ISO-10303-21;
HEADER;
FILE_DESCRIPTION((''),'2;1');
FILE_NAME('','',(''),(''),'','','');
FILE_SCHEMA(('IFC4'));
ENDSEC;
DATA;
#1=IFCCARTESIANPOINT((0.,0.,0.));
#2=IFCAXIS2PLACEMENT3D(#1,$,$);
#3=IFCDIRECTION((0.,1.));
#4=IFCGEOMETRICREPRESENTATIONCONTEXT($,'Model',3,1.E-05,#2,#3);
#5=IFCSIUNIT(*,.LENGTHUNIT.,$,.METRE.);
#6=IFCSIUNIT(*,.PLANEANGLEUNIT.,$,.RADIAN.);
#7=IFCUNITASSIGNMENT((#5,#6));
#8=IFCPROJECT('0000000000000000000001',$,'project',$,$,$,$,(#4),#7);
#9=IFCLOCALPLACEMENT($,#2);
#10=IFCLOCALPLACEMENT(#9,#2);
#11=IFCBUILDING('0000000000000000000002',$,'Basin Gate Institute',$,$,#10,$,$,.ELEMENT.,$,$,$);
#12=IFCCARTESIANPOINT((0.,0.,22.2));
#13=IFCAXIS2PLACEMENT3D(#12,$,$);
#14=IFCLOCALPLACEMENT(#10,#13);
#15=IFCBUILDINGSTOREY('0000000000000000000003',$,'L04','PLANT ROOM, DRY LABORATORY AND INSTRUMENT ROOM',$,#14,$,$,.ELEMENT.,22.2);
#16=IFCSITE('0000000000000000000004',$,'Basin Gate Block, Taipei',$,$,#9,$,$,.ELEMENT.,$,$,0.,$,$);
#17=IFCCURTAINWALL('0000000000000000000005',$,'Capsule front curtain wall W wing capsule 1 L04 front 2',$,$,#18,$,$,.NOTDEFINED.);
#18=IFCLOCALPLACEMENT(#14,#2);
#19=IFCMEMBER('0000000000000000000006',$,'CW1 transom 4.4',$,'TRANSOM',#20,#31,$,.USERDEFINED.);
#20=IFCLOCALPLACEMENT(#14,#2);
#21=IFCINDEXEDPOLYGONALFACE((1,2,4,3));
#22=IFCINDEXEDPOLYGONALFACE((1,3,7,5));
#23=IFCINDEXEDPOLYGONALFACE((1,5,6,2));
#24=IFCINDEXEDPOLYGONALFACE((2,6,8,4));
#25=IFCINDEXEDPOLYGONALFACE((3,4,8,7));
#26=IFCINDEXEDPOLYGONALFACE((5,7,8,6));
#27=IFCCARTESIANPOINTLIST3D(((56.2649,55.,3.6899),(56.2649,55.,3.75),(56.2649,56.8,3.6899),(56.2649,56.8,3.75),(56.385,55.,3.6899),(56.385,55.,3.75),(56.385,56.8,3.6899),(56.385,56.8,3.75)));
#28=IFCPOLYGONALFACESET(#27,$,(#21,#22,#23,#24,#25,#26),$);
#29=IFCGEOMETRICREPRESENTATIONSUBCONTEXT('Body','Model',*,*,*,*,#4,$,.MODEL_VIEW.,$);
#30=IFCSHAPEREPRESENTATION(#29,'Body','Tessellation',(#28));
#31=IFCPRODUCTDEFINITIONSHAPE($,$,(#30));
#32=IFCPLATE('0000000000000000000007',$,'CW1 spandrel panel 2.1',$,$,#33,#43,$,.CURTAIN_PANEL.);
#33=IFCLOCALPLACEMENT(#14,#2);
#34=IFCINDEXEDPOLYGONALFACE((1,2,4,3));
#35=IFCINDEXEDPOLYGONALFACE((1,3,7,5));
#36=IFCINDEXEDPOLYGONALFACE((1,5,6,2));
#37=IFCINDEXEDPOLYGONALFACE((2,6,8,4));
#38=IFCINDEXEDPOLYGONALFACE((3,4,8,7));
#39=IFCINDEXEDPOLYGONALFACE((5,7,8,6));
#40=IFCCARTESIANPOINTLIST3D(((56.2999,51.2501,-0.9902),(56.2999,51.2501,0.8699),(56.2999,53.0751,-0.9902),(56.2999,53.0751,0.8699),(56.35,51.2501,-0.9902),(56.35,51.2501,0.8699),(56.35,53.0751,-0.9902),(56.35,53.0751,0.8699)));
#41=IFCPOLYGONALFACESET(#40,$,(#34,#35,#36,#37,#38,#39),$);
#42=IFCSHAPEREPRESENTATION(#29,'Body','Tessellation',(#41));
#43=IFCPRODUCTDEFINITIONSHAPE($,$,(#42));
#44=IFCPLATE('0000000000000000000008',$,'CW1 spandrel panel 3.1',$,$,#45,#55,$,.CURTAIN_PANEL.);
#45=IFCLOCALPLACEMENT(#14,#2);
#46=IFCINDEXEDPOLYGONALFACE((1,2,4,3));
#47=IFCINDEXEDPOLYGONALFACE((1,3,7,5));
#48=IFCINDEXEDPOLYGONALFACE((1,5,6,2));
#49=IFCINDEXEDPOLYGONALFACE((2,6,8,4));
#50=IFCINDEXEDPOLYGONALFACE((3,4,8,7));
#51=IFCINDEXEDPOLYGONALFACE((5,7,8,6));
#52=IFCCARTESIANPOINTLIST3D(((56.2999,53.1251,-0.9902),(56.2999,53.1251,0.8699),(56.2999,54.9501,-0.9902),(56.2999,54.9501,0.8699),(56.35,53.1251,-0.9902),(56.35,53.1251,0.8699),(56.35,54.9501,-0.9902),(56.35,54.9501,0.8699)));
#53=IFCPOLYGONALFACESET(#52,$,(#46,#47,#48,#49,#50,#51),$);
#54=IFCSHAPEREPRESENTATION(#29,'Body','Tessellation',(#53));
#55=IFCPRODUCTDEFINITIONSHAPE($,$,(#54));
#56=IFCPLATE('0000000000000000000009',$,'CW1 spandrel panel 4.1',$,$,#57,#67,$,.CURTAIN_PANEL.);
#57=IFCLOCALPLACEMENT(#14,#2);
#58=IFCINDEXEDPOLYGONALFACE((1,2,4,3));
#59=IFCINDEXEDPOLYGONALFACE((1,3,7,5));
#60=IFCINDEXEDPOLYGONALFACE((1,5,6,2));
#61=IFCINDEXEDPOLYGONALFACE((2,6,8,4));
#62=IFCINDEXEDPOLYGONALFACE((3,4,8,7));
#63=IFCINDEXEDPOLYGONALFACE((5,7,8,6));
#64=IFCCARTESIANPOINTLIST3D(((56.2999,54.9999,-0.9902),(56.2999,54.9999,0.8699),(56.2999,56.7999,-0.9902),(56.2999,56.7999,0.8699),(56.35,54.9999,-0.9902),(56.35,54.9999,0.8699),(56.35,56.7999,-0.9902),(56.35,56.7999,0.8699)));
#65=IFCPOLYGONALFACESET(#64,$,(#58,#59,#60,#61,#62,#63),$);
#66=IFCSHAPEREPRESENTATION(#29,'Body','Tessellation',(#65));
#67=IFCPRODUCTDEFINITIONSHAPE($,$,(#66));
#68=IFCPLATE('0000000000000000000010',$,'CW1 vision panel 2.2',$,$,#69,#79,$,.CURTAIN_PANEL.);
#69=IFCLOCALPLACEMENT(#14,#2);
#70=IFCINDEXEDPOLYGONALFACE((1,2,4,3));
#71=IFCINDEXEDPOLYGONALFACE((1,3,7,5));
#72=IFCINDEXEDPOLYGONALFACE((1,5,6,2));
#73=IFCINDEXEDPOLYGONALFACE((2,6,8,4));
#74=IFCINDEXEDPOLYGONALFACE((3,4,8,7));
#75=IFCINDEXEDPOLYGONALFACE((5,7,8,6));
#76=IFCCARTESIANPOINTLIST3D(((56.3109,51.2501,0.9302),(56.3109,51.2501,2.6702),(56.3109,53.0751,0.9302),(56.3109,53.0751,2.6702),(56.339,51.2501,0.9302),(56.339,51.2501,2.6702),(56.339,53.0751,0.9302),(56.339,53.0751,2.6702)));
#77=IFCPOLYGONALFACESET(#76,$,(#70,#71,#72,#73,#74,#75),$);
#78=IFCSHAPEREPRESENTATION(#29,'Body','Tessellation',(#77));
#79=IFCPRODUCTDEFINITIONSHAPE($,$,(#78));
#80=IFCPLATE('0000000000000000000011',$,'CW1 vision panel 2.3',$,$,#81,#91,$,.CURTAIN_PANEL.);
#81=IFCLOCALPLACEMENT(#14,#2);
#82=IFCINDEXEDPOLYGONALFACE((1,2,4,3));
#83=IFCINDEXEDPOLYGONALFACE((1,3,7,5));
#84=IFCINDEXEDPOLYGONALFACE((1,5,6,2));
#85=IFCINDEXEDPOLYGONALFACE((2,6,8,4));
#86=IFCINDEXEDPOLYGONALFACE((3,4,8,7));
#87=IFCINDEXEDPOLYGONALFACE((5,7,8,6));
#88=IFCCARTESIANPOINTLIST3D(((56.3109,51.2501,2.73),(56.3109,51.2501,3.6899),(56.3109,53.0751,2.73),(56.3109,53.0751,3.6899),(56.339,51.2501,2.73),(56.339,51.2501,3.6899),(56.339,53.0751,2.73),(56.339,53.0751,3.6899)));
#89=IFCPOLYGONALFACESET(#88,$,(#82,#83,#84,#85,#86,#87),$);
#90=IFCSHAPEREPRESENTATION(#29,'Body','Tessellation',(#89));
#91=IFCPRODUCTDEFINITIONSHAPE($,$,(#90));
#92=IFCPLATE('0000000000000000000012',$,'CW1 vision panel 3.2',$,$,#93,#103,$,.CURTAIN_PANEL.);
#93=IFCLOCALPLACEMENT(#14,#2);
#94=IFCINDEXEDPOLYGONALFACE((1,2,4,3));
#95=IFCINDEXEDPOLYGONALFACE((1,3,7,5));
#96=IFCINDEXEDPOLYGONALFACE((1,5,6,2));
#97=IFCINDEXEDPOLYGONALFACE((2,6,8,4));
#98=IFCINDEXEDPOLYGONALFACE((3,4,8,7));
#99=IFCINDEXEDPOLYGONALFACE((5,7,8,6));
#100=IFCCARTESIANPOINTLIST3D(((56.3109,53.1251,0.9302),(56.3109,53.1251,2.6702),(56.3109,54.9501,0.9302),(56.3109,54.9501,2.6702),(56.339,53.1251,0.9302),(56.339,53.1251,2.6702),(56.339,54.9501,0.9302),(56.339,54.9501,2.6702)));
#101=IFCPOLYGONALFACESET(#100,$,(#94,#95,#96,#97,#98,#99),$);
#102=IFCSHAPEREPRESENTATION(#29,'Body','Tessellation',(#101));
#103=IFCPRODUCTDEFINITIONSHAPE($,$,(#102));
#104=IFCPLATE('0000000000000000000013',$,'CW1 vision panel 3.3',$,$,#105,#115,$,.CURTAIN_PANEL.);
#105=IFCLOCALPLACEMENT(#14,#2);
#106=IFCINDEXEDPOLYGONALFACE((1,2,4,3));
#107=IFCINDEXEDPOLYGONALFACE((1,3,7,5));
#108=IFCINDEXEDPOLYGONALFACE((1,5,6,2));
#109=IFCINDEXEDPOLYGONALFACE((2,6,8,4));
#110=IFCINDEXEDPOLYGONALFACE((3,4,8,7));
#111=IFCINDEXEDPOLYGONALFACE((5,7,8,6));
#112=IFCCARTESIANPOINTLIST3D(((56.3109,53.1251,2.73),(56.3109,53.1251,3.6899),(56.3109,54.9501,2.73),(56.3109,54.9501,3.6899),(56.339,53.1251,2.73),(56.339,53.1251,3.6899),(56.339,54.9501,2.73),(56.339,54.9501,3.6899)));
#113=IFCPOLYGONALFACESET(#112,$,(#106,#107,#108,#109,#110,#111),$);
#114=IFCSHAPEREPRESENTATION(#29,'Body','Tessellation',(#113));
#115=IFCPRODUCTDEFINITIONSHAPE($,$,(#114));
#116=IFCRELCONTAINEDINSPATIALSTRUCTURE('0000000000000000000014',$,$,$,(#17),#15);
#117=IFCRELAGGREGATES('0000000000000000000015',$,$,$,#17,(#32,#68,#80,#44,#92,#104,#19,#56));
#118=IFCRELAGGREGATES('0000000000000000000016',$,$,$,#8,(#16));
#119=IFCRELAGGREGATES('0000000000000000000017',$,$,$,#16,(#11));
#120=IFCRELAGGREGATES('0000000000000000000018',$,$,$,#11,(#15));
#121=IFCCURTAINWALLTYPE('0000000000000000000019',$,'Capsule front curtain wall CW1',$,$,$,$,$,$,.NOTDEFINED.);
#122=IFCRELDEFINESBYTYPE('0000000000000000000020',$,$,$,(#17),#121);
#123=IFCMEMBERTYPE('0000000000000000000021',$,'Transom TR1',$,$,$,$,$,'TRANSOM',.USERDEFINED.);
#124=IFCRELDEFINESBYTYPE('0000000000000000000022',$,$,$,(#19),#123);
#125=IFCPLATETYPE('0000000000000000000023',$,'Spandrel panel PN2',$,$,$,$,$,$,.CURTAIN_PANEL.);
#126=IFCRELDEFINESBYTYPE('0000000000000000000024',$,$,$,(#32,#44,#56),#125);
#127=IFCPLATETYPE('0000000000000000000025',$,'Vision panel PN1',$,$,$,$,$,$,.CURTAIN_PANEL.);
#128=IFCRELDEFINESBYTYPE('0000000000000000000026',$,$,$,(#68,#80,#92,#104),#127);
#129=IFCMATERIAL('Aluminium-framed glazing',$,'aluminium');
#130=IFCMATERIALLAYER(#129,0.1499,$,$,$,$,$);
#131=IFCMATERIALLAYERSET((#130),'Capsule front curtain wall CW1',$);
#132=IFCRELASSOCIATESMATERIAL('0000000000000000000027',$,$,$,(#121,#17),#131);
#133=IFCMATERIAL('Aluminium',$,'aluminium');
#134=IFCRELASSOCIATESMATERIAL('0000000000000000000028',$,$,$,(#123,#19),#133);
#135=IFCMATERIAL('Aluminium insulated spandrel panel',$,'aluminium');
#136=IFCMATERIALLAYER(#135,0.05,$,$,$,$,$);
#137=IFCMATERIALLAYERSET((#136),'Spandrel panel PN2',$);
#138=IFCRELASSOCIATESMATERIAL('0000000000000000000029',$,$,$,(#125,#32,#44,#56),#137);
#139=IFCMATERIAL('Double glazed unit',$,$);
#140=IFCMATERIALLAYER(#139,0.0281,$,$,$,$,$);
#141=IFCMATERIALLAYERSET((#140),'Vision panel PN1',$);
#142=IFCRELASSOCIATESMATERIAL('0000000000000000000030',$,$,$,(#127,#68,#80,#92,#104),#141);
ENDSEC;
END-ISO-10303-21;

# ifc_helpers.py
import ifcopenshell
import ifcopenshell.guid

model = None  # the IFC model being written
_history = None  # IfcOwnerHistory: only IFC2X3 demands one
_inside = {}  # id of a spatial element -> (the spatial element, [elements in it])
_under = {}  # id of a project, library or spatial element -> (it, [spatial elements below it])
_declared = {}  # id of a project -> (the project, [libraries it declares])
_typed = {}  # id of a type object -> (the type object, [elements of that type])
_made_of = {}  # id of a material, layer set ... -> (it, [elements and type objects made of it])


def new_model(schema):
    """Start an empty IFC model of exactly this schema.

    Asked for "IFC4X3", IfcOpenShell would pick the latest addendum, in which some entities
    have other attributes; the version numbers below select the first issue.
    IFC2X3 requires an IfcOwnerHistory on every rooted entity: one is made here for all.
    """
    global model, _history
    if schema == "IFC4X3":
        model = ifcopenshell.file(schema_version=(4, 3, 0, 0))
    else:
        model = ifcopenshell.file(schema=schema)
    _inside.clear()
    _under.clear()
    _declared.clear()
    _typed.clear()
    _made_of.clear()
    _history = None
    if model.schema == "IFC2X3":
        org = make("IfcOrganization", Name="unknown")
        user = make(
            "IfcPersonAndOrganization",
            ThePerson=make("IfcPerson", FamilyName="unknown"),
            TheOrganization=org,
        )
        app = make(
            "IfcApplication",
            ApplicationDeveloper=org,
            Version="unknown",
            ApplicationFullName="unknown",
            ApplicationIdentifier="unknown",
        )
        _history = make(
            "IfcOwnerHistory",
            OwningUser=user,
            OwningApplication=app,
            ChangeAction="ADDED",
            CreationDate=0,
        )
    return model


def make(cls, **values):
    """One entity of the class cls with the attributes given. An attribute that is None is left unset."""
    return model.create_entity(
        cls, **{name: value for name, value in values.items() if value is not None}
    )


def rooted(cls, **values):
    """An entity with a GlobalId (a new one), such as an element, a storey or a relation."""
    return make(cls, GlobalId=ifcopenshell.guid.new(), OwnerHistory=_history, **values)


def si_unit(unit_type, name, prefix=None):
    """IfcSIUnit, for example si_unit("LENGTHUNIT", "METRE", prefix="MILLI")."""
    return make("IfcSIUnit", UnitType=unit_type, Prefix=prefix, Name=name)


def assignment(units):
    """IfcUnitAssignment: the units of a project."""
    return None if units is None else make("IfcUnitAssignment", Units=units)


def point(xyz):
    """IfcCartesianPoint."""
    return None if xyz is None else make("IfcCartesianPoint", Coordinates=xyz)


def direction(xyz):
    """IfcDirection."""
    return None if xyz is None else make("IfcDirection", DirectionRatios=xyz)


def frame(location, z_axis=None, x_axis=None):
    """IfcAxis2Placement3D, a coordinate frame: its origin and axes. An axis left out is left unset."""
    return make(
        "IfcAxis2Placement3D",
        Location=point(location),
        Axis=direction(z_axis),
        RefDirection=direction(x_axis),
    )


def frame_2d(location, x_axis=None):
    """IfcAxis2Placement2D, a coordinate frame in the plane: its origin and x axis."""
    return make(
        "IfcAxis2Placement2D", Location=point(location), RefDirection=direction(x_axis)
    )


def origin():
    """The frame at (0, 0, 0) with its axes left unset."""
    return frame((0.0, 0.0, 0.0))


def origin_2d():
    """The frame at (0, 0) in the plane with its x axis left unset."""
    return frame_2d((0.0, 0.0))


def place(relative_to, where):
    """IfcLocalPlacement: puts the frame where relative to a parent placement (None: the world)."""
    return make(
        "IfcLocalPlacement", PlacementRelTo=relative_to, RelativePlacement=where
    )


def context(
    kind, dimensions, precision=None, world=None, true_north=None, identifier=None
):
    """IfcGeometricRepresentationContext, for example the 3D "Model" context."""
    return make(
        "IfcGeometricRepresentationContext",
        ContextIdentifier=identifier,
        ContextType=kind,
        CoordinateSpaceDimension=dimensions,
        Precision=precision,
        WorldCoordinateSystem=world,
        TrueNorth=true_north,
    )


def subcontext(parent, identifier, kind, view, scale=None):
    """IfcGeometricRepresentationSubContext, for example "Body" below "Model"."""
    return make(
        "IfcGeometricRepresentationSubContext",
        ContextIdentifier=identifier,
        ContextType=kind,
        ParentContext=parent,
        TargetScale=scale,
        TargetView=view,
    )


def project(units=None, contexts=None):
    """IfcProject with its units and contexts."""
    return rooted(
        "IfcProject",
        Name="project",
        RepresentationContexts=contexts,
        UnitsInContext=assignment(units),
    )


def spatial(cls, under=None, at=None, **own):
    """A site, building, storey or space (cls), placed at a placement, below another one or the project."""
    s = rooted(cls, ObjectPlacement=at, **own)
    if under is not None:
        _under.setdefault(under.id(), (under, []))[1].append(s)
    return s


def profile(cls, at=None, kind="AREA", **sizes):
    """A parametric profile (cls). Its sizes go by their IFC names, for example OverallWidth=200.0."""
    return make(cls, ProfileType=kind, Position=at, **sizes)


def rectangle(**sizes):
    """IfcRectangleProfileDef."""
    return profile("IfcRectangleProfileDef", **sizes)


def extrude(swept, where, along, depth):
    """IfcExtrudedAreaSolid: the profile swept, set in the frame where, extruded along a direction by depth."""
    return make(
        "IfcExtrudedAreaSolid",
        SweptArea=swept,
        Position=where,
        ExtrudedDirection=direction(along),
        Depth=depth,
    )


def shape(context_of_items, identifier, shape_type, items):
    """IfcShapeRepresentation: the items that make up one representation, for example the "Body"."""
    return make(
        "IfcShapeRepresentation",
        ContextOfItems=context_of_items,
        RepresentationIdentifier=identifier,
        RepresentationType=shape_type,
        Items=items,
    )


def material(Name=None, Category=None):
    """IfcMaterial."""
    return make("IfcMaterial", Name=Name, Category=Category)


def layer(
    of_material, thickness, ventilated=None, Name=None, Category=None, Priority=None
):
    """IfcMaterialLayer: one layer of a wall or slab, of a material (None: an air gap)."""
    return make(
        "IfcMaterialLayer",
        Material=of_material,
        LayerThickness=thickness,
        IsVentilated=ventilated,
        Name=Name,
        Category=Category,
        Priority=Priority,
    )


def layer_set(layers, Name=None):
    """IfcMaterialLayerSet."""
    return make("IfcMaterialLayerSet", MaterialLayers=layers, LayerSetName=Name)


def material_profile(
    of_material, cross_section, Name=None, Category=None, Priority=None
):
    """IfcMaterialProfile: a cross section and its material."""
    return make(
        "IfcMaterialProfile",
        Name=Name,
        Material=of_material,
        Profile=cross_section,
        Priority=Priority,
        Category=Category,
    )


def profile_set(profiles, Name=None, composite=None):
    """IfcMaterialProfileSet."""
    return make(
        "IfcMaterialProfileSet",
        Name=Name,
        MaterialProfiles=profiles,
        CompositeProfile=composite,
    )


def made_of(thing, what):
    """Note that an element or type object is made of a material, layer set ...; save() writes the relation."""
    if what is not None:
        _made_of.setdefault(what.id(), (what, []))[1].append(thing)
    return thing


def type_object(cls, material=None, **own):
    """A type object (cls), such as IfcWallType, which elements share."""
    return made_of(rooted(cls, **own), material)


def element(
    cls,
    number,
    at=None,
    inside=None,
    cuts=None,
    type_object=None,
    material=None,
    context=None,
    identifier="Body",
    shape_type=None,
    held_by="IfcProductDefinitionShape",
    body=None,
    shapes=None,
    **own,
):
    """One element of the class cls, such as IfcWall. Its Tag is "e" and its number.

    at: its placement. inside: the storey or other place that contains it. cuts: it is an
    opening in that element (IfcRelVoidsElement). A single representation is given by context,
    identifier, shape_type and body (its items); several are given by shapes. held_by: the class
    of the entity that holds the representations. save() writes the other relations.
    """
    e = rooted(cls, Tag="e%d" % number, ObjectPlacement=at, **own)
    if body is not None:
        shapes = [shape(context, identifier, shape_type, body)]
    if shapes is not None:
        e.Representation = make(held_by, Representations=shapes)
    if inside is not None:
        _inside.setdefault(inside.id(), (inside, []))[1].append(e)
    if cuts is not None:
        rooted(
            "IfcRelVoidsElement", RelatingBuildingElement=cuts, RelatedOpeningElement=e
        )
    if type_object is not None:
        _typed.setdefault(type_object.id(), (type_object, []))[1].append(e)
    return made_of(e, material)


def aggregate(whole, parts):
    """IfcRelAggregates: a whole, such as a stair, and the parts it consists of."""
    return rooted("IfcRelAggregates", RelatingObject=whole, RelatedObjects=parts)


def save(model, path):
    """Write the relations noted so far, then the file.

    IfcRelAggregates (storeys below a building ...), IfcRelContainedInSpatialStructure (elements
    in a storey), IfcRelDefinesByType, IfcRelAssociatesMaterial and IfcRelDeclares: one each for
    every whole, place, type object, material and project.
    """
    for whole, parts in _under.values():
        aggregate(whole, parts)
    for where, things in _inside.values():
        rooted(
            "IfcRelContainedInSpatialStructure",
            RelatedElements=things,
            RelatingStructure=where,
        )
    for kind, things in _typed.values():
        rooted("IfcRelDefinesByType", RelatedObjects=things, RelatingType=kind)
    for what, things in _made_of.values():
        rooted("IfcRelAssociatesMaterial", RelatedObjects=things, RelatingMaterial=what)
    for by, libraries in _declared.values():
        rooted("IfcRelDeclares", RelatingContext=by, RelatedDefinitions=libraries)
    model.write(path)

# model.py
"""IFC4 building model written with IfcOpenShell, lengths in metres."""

from ifc_helpers import new_model, si_unit, direction, frame, origin, origin_2d, place, context, subcontext, project, spatial, rectangle, extrude, material, layer, layer_set, material_profile, profile_set, type_object, element, aggregate, save


model = new_model("IFC4")

# Units and contexts
model_context = context("Model", 3, precision=1e-05, world=origin(), true_north=direction((0.0, 1.0)))
body_context = subcontext(model_context, "Body", "Model", "MODEL_VIEW")
ifc_project = project(units=[si_unit("LENGTHUNIT", "METRE"), si_unit("PLANEANGLEUNIT", "RADIAN")], contexts=[model_context])

# Site, building, storey
site_placement = place(None, origin())
site = spatial("IfcSite", under=ifc_project, at=site_placement, Name="Basin Gate Block, Taipei", CompositionType="ELEMENT", RefElevation=0.0)
building_placement = place(site_placement, origin())
building = spatial("IfcBuilding", under=site, at=building_placement, Name="Basin Gate Institute", CompositionType="ELEMENT")
storey_placement = place(building_placement, frame((0.0, 0.0, 22.2)))
storey = spatial("IfcBuildingStorey", under=building, at=storey_placement, Name="L04", Description="PLANT ROOM, DRY LABORATORY AND INSTRUMENT ROOM", CompositionType="ELEMENT", Elevation=22.2)

# Curtain wall, member, plates
ifc_material_1 = material(Name="Aluminium-framed glazing", Category="aluminium")
ifc_layer_1 = layer(ifc_material_1, 0.1499)
ifc_layer_set_1 = layer_set([ifc_layer_1], Name="Capsule front curtain wall CW1")
curtain_wall_type = type_object("IfcCurtainWallType", Name="Capsule front curtain wall CW1", PredefinedType="NOTDEFINED", material=ifc_layer_set_1)
curtain_wall_placement = place(storey_placement, origin())
curtain_wall = element("IfcCurtainWall", 1, at=curtain_wall_placement, inside=storey, type_object=curtain_wall_type, material=ifc_layer_set_1, Name="Capsule front curtain wall W wing capsule 1 L04 front 2", PredefinedType="NOTDEFINED")
ifc_material_2 = material(Name="Aluminium", Category="aluminium")
ifc_material_profile_1 = material_profile(ifc_material_2, rectangle(XDim=0.1201, YDim=0.0601, at=origin_2d()), Name="Transom TR1 120 x 60")
ifc_profile_set_1 = profile_set([ifc_material_profile_1], Name="Aluminium")
member_type_1 = type_object("IfcMemberType", Name="Transom TR1", ElementType="TRANSOM", PredefinedType="USERDEFINED", material=ifc_profile_set_1)
member_1_placement = place(storey_placement, frame((56.325, 55.0, 3.72), z_axis=(0.0, 1.0, 0.0), x_axis=(-1.0, 0.0, 0.0)))
member_1 = element("IfcMember", 2, at=member_1_placement, type_object=member_type_1, material=ifc_profile_set_1, Name="CW1 transom 4.4", ObjectType="TRANSOM", PredefinedType="USERDEFINED", context=body_context, shape_type="SweptSolid", body=[
    extrude(rectangle(XDim=0.1201, YDim=0.0601, at=origin_2d()), origin(), (0.0, 0.0, 1.0), 1.8),
])
ifc_material_3 = material(Name="Aluminium insulated spandrel panel", Category="aluminium")
ifc_layer_2 = layer(ifc_material_3, 0.05)
ifc_layer_set_2 = layer_set([ifc_layer_2], Name="Spandrel panel PN2")
plate_type_1 = type_object("IfcPlateType", Name="Spandrel panel PN2", PredefinedType="CURTAIN_PANEL", material=ifc_layer_set_2)
plate_1_placement = place(storey_placement, frame((56.325, 52.1626, -0.9902), z_axis=(0.0, 0.0, 1.0), x_axis=(0.0, 1.0, 0.0)))
plate_1 = element("IfcPlate", 3, at=plate_1_placement, type_object=plate_type_1, material=ifc_layer_set_2, Name="CW1 spandrel panel 2.1", PredefinedType="CURTAIN_PANEL", context=body_context, shape_type="SweptSolid", body=[
    extrude(rectangle(XDim=1.825, YDim=0.05, at=origin_2d()), origin(), (0.0, 0.0, 1.0), 1.8601),
])
plate_2_placement = place(storey_placement, frame((56.325, 54.0376, -0.9902), z_axis=(0.0, 0.0, 1.0), x_axis=(0.0, 1.0, 0.0)))
plate_2 = element("IfcPlate", 4, at=plate_2_placement, type_object=plate_type_1, material=ifc_layer_set_2, Name="CW1 spandrel panel 3.1", PredefinedType="CURTAIN_PANEL", context=body_context, shape_type="SweptSolid", body=[
    extrude(rectangle(XDim=1.825, YDim=0.05, at=origin_2d()), origin(), (0.0, 0.0, 1.0), 1.8601),
])
plate_3_placement = place(storey_placement, frame((56.325, 55.8999, -0.9902), z_axis=(0.0, 0.0, 1.0), x_axis=(0.0, 1.0, 0.0)))
plate_3 = element("IfcPlate", 5, at=plate_3_placement, type_object=plate_type_1, material=ifc_layer_set_2, Name="CW1 spandrel panel 4.1", PredefinedType="CURTAIN_PANEL", context=body_context, shape_type="SweptSolid", body=[
    extrude(rectangle(XDim=1.8, YDim=0.05, at=origin_2d()), origin(), (0.0, 0.0, 1.0), 1.8601),
])
ifc_material_4 = material(Name="Double glazed unit")
ifc_layer_3 = layer(ifc_material_4, 0.0281)
ifc_layer_set_3 = layer_set([ifc_layer_3], Name="Vision panel PN1")
plate_type_2 = type_object("IfcPlateType", Name="Vision panel PN1", PredefinedType="CURTAIN_PANEL", material=ifc_layer_set_3)
plate_4_placement = place(storey_placement, frame((56.325, 52.1626, 0.9302), z_axis=(0.0, 0.0, 1.0), x_axis=(0.0, 1.0, 0.0)))
plate_4 = element("IfcPlate", 6, at=plate_4_placement, type_object=plate_type_2, material=ifc_layer_set_3, Name="CW1 vision panel 2.2", PredefinedType="CURTAIN_PANEL", context=body_context, shape_type="SweptSolid", body=[
    extrude(rectangle(XDim=1.825, YDim=0.0281, at=origin_2d()), origin(), (0.0, 0.0, 1.0), 1.74),
])
plate_5_placement = place(storey_placement, frame((56.325, 52.1626, 2.73), z_axis=(0.0, 0.0, 1.0), x_axis=(0.0, 1.0, 0.0)))
plate_5 = element("IfcPlate", 7, at=plate_5_placement, type_object=plate_type_2, material=ifc_layer_set_3, Name="CW1 vision panel 2.3", PredefinedType="CURTAIN_PANEL", context=body_context, shape_type="SweptSolid", body=[
    extrude(rectangle(XDim=1.825, YDim=0.0281, at=origin_2d()), origin(), (0.0, 0.0, 1.0), 0.96),
])
plate_6_placement = place(storey_placement, frame((56.325, 54.0376, 0.9302), z_axis=(0.0, 0.0, 1.0), x_axis=(0.0, 1.0, 0.0)))
plate_6 = element("IfcPlate", 8, at=plate_6_placement, type_object=plate_type_2, material=ifc_layer_set_3, Name="CW1 vision panel 3.2", PredefinedType="CURTAIN_PANEL", context=body_context, shape_type="SweptSolid", body=[
    extrude(rectangle(XDim=1.825, YDim=0.0281, at=origin_2d()), origin(), (0.0, 0.0, 1.0), 1.74),
])
plate_7_placement = place(storey_placement, frame((56.325, 54.0376, 2.73), z_axis=(0.0, 0.0, 1.0), x_axis=(0.0, 1.0, 0.0)))
plate_7 = element("IfcPlate", 9, at=plate_7_placement, type_object=plate_type_2, material=ifc_layer_set_3, Name="CW1 vision panel 3.3", PredefinedType="CURTAIN_PANEL", context=body_context, shape_type="SweptSolid", body=[
    extrude(rectangle(XDim=1.825, YDim=0.0281, at=origin_2d()), origin(), (0.0, 0.0, 1.0), 0.96),
])
aggregate(curtain_wall, [plate_1, plate_4, plate_5, plate_2, plate_6, plate_7, member_1, plate_3])

save(model, "model.ifc")
